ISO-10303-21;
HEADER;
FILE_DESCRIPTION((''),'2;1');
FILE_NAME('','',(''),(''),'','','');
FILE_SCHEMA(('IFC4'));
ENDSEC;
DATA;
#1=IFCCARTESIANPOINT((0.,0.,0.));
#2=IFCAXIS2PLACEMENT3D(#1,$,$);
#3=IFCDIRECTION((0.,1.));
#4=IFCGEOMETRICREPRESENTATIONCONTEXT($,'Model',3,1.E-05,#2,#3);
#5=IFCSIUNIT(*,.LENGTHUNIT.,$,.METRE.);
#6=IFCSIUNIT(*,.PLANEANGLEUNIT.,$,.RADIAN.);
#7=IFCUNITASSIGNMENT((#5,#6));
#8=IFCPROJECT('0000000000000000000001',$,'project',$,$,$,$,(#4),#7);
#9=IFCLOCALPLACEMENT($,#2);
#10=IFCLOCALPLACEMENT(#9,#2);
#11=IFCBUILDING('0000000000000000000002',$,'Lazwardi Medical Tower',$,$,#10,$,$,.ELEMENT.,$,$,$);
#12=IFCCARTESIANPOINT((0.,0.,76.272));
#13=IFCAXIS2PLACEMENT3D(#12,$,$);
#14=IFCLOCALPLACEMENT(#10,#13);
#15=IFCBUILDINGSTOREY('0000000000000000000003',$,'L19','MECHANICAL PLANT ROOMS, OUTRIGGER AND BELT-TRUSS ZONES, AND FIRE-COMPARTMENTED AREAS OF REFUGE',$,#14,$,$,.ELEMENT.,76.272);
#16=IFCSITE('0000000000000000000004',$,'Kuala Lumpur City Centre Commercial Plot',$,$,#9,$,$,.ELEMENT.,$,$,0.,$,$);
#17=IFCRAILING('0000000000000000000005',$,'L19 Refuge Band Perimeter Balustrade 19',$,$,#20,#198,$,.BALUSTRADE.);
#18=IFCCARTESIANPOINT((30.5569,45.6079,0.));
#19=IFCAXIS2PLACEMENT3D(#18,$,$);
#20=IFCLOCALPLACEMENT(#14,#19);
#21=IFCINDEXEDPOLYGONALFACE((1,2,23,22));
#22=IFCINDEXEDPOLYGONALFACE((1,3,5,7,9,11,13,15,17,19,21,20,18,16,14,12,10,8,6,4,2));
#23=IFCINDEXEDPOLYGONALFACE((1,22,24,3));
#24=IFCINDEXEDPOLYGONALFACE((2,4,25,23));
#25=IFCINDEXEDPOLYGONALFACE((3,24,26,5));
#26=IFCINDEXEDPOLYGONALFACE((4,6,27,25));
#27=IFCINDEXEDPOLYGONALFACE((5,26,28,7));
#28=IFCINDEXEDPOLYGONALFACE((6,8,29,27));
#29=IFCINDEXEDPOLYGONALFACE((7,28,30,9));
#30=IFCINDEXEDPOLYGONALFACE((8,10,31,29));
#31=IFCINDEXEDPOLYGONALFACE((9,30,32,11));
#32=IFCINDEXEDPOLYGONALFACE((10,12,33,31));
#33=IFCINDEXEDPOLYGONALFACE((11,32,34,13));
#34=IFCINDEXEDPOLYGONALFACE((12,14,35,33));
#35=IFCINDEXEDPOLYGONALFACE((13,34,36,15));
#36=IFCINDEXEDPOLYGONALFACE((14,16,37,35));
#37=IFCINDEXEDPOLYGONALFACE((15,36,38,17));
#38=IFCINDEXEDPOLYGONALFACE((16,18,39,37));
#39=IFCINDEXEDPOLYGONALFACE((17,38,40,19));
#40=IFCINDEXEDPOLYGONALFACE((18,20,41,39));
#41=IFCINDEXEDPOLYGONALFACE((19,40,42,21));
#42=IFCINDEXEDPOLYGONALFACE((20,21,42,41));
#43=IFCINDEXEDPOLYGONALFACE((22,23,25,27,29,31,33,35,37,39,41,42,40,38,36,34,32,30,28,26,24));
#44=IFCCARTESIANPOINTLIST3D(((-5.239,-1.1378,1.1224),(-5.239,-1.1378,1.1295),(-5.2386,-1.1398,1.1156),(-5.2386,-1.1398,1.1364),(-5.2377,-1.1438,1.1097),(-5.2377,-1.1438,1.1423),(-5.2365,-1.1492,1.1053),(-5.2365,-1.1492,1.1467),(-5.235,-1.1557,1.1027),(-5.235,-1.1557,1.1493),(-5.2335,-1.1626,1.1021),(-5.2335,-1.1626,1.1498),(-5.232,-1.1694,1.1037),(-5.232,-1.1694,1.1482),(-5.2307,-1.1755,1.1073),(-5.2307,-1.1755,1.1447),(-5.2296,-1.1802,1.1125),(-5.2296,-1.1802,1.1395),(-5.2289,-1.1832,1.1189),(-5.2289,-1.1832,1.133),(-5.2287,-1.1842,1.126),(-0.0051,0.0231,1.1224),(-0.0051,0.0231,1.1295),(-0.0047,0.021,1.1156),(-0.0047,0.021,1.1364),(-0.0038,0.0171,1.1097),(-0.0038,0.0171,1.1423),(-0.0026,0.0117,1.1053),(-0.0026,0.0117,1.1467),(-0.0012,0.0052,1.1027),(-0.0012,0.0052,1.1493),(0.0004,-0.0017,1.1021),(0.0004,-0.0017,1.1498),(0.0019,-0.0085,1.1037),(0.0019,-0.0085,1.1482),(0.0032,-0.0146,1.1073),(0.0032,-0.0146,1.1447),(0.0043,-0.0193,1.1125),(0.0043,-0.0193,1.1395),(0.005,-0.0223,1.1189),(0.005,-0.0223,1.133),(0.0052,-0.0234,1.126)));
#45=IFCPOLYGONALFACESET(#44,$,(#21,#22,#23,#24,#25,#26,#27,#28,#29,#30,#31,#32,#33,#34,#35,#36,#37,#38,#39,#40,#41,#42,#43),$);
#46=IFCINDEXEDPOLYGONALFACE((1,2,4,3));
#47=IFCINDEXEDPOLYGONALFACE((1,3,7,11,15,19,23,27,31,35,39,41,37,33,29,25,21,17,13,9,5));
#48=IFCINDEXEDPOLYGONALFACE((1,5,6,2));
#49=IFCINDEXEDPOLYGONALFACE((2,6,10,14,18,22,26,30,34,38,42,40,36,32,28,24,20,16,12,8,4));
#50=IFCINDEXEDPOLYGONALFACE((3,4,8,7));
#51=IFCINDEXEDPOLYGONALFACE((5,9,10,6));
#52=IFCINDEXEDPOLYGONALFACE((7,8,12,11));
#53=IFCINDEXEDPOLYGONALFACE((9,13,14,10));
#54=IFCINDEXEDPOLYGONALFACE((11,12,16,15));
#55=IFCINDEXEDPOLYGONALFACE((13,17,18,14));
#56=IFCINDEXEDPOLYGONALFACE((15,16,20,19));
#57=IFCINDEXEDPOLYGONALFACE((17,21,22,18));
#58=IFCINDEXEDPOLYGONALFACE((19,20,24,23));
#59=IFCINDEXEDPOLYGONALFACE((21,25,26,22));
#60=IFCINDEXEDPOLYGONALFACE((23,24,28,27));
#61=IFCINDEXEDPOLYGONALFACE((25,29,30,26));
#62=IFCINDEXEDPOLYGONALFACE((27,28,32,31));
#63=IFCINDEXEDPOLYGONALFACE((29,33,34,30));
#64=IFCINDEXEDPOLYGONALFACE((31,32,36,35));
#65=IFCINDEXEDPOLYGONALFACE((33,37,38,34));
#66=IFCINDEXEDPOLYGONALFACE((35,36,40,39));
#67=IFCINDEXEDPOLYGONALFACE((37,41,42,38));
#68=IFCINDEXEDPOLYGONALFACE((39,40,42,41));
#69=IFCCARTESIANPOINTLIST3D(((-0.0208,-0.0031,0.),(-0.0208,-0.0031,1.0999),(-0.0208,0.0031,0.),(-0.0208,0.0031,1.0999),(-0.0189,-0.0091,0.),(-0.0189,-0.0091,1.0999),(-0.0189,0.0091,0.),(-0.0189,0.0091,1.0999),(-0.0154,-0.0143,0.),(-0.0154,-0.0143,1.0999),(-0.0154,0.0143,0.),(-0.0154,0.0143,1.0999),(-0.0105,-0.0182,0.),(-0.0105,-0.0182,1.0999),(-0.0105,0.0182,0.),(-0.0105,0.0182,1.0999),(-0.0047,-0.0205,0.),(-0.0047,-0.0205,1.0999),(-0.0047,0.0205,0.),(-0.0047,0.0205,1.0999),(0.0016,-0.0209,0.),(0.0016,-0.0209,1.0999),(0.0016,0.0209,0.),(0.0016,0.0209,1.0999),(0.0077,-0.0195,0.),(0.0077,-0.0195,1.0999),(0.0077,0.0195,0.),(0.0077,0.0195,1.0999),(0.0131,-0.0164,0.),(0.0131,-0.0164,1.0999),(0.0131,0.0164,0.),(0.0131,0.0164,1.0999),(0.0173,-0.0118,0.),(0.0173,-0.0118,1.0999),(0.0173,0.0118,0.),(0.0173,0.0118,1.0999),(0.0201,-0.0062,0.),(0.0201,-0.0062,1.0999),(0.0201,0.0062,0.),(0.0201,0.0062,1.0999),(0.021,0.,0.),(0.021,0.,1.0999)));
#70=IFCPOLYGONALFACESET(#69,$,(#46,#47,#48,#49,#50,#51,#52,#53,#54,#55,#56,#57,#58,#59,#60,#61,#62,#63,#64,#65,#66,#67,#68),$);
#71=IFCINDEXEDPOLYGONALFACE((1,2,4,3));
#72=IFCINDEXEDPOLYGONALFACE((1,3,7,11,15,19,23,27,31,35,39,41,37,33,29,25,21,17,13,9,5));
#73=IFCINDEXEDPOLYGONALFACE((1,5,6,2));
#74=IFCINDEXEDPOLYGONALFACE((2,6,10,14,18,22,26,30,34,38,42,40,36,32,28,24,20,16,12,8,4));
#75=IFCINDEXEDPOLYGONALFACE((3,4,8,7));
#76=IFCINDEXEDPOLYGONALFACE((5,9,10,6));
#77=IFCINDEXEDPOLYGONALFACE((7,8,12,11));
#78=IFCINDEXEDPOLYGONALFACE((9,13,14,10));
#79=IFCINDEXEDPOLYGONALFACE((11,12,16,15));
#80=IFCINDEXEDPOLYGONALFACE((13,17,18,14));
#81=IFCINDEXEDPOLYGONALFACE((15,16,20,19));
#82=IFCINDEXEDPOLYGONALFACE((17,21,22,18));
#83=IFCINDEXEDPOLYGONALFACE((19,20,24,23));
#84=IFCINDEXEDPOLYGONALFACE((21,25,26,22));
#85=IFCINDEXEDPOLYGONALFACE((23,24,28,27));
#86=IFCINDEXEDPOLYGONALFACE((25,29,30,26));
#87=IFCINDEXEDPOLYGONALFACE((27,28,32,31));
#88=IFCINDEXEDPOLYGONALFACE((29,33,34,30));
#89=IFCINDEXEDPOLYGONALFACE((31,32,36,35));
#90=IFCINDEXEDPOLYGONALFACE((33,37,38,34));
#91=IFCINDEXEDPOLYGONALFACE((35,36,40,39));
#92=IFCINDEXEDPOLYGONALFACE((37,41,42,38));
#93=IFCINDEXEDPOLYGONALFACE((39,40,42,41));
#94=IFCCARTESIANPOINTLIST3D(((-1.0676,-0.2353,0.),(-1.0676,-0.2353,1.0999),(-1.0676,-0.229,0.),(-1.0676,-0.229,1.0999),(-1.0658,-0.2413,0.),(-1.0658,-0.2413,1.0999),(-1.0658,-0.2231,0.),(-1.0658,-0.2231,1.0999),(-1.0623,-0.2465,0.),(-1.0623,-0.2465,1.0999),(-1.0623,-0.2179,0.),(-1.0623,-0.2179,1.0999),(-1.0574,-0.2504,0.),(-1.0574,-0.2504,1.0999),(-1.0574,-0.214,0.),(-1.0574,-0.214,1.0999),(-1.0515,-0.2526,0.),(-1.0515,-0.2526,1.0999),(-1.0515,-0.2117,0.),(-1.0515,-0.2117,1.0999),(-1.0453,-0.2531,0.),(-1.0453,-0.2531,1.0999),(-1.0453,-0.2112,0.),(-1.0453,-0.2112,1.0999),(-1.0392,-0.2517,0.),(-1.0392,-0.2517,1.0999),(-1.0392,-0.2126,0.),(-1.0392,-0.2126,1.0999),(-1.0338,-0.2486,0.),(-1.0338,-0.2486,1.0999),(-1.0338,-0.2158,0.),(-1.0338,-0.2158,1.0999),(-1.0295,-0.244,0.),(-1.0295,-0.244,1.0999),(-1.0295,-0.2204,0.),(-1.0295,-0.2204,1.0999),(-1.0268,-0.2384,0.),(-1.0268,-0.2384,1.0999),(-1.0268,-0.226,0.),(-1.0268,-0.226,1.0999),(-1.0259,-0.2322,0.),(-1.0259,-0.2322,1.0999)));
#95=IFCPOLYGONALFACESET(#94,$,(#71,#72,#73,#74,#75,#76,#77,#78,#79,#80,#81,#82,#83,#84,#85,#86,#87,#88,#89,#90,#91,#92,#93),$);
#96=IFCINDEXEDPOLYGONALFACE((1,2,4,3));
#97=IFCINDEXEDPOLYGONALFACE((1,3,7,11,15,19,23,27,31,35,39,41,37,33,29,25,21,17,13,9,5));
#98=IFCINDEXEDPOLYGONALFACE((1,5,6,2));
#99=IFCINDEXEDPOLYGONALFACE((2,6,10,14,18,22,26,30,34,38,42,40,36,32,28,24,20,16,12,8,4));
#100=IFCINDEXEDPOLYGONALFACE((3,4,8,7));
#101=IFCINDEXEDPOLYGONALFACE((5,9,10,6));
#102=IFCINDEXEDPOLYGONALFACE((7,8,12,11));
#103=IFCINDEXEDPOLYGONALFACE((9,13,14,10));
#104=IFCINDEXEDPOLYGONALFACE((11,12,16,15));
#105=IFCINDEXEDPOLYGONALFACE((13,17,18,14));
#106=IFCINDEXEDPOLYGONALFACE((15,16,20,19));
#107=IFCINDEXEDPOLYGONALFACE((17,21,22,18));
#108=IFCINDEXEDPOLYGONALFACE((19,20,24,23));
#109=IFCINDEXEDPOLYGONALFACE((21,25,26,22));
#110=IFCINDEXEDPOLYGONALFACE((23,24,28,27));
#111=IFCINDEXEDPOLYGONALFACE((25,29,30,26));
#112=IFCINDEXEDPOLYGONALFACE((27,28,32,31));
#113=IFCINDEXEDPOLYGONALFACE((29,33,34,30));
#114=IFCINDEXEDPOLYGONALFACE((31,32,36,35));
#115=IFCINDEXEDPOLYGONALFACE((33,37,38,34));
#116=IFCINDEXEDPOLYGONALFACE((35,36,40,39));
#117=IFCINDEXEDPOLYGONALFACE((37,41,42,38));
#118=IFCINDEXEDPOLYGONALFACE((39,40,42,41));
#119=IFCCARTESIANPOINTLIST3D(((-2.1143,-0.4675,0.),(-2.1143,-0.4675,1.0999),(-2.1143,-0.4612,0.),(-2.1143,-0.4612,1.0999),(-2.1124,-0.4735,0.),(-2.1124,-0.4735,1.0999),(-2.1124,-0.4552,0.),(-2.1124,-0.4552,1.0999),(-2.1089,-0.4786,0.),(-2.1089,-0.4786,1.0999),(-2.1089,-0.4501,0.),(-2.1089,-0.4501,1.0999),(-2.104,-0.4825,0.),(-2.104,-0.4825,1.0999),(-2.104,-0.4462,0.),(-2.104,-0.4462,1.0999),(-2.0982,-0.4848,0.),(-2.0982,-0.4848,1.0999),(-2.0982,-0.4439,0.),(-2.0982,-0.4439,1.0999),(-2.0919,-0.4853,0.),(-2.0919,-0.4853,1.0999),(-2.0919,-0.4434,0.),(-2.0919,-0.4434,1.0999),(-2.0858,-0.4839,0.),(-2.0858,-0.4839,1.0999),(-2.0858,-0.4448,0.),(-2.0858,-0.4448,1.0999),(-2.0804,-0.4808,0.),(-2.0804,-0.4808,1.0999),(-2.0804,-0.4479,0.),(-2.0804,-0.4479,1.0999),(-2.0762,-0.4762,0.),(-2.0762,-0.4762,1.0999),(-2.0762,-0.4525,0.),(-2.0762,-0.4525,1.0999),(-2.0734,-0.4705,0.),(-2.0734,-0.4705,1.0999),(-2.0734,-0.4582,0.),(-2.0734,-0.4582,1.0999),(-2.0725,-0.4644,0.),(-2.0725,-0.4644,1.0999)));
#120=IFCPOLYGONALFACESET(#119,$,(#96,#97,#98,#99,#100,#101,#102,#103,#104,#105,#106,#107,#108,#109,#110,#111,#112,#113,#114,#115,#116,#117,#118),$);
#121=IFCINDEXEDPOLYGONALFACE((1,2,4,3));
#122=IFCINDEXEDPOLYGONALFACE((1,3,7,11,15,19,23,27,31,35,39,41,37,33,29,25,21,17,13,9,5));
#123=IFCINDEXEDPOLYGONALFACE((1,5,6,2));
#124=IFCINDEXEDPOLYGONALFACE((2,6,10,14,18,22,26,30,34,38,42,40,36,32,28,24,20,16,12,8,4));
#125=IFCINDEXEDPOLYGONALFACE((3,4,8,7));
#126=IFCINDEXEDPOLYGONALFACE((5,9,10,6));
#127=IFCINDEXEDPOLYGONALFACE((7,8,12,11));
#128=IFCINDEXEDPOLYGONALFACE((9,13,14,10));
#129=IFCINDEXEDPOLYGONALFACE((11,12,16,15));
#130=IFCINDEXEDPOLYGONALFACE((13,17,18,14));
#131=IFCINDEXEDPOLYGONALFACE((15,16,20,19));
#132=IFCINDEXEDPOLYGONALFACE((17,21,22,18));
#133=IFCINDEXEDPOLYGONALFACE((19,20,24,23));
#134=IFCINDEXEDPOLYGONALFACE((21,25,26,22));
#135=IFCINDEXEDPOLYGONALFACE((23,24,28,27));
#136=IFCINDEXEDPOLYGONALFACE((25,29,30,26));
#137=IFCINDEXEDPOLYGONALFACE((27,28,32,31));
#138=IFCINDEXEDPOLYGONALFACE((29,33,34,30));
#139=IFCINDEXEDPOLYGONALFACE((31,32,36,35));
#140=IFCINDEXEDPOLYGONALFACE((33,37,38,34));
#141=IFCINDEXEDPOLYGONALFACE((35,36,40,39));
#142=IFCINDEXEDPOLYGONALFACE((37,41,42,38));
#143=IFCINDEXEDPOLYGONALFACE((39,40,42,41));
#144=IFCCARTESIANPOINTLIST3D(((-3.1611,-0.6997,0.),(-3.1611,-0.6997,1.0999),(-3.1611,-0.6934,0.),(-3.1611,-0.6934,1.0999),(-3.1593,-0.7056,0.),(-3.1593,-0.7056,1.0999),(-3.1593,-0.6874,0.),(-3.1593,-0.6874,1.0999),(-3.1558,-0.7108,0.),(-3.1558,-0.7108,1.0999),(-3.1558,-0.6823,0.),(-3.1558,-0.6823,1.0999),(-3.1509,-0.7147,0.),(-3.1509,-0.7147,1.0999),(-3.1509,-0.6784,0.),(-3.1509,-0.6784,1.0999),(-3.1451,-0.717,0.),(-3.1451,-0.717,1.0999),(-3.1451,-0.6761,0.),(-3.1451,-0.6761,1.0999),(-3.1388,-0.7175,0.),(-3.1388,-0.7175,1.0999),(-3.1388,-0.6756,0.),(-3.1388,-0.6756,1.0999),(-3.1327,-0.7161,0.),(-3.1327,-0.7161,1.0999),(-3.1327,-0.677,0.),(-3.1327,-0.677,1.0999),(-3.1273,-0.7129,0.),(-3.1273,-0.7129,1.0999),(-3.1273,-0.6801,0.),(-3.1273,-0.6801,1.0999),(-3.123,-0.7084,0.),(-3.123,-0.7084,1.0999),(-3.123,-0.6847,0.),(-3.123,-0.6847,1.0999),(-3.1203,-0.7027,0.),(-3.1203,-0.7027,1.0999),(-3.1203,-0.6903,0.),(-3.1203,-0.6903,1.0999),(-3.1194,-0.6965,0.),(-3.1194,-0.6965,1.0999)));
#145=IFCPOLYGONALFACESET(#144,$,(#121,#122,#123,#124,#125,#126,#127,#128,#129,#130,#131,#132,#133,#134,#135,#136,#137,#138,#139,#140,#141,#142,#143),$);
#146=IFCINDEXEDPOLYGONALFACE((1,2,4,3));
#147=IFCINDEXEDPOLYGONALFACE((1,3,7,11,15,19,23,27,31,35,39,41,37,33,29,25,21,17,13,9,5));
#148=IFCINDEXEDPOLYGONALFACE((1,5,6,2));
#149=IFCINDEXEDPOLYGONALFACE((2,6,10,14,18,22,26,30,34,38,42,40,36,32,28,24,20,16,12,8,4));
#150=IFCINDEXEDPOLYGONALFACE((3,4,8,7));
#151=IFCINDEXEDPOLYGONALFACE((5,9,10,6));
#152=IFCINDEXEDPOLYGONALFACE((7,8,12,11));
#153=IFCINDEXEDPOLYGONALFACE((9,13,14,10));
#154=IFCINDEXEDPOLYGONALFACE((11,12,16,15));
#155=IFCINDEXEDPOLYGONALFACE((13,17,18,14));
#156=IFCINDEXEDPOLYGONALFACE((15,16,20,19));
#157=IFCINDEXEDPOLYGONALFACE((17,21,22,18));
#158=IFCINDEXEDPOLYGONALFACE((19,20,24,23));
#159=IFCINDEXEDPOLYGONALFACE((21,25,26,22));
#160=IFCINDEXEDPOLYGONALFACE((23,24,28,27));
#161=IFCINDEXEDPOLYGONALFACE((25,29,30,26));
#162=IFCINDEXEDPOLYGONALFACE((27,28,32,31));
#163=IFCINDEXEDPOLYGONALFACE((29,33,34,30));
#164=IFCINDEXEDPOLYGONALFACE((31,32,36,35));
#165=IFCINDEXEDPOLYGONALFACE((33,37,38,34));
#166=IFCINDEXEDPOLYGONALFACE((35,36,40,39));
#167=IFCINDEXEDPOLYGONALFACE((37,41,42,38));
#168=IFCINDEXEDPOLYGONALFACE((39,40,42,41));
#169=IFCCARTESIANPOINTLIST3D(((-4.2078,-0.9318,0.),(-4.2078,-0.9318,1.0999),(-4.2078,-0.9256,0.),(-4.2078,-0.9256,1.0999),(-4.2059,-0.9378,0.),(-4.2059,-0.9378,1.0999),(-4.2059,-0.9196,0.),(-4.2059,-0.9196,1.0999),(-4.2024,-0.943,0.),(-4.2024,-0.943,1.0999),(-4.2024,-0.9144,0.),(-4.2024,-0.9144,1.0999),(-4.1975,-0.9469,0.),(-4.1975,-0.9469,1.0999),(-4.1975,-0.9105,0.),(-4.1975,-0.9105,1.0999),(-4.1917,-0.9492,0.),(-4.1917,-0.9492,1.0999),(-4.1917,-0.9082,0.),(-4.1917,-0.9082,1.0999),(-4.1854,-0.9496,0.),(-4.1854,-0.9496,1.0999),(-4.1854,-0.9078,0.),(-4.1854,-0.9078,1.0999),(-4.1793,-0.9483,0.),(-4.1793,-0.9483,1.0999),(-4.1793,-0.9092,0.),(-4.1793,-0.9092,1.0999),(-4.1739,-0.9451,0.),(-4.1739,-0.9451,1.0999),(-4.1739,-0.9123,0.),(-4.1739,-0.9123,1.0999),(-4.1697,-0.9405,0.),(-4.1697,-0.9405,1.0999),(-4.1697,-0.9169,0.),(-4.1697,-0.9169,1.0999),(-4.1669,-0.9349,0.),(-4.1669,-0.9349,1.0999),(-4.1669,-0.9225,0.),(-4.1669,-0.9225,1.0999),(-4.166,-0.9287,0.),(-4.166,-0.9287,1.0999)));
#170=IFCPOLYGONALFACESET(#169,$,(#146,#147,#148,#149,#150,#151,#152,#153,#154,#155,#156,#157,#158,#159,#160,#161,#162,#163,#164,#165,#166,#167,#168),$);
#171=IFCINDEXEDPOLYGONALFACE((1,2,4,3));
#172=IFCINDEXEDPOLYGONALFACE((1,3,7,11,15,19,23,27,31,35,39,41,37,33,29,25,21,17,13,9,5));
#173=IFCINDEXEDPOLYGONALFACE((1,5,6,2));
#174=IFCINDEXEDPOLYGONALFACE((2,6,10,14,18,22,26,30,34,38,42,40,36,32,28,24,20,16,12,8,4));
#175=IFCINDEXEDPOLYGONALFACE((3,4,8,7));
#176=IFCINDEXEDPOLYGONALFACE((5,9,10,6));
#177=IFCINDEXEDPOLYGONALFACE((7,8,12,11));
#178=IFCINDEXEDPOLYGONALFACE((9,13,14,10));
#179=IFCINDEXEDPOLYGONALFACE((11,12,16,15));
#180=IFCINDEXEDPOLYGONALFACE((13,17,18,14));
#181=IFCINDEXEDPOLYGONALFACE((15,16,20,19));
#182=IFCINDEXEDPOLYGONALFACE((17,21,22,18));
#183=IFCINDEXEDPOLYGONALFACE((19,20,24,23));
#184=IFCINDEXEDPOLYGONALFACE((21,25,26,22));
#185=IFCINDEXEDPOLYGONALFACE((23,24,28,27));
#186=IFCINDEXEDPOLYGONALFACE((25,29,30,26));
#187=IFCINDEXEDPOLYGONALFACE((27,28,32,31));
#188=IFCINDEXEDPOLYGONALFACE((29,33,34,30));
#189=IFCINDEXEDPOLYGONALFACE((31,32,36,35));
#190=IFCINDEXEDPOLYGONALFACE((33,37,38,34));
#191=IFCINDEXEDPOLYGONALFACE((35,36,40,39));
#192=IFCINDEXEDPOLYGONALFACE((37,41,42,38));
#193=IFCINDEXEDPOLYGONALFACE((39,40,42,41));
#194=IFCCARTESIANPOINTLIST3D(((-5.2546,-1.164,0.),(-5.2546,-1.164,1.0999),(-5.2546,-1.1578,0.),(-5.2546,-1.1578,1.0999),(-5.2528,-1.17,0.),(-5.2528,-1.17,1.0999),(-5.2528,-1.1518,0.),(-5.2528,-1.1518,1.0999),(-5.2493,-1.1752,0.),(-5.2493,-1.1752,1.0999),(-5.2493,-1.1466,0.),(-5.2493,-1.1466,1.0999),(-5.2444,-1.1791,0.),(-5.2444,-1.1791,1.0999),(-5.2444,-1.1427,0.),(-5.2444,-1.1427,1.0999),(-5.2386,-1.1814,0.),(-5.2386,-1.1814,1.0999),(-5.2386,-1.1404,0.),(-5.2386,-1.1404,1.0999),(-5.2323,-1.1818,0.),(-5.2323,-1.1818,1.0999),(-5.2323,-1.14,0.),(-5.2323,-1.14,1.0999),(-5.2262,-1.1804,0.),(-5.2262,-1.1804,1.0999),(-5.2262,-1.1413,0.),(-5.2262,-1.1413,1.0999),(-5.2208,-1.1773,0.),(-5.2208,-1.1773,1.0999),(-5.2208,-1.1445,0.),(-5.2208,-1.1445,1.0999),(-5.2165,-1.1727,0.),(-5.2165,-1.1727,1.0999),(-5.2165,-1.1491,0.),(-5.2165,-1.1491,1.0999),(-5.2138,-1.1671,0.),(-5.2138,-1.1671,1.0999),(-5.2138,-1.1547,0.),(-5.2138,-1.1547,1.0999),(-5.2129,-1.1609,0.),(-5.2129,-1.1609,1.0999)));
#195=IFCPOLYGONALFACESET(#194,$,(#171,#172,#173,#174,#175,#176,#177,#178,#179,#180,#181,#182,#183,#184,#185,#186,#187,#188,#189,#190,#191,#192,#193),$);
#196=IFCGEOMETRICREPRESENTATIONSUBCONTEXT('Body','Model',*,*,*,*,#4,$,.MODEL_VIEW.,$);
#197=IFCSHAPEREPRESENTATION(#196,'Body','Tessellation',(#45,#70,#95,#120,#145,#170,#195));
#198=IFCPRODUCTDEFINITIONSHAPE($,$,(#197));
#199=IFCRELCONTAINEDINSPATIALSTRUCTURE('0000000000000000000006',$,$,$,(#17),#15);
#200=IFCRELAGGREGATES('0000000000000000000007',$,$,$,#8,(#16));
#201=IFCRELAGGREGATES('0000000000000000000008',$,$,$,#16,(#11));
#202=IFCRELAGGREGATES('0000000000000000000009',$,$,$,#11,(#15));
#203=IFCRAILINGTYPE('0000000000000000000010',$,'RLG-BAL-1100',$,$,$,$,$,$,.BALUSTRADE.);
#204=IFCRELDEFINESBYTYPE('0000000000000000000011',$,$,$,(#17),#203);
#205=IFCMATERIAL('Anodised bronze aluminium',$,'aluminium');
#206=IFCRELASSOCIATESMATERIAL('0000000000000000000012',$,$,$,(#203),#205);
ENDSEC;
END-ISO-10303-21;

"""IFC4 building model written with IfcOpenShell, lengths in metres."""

from ifc_helpers import new_model, si_unit, direction, frame, origin, origin_2d, place, context, subcontext, project, spatial, circle, extrude, material, type_object, element, save


model = new_model("IFC4")

# Units and contexts
model_context = context("Model", 3, precision=1e-05, world=origin(), true_north=direction((0.0, 1.0)))
body_context = subcontext(model_context, "Body", "Model", "MODEL_VIEW")
ifc_project = project(units=[si_unit("LENGTHUNIT", "METRE"), si_unit("PLANEANGLEUNIT", "RADIAN")], contexts=[model_context])

# Site, building, storey
site_placement = place(None, origin())
site = spatial("IfcSite", under=ifc_project, at=site_placement, Name="Kuala Lumpur City Centre Commercial Plot", CompositionType="ELEMENT", RefElevation=0.0)
building_placement = place(site_placement, origin())
building = spatial("IfcBuilding", under=site, at=building_placement, Name="Lazwardi Medical Tower", CompositionType="ELEMENT")
storey_placement = place(building_placement, frame((0.0, 0.0, 76.272)))
storey = spatial("IfcBuildingStorey", under=building, at=storey_placement, Name="L19", Description="MECHANICAL PLANT ROOMS, OUTRIGGER AND BELT-TRUSS ZONES, AND FIRE-COMPARTMENTED AREAS OF REFUGE", CompositionType="ELEMENT", Elevation=76.272)

# Railing
ifc_material_1 = material(Name="Anodised bronze aluminium", Category="aluminium")
railing_type = type_object("IfcRailingType", Name="RLG-BAL-1100", PredefinedType="BALUSTRADE", material=ifc_material_1)
railing_1_placement = place(storey_placement, frame((30.5569, 45.6079, 0.0)))
element("IfcRailing", 1, at=railing_1_placement, inside=storey, type_object=railing_type, Name="L19 Refuge Band Perimeter Balustrade 19", PredefinedType="BALUSTRADE", context=body_context, shape_type="SweptSolid", body=[
    extrude(circle(Radius=0.0239, at=origin_2d()), frame((0.0, 0.0, 1.126), z_axis=(-0.976274, -0.21654, 0.0), x_axis=(0.21654, -0.976274, 0.0)), (0.0, 0.0, 1.0), 5.3611),
    extrude(circle(Radius=0.021, at=origin_2d()), origin(), (0.0, 0.0, 1.0), 1.0999),
    extrude(circle(Radius=0.021, at=origin_2d()), frame((-1.0469, -0.2322, 0.0)), (0.0, 0.0, 1.0), 1.0999),
    extrude(circle(Radius=0.021, at=origin_2d()), frame((-2.0935, -0.4644, 0.0)), (0.0, 0.0, 1.0), 1.0999),
    extrude(circle(Radius=0.021, at=origin_2d()), frame((-3.1404, -0.6965, 0.0)), (0.0, 0.0, 1.0), 1.0999),
    extrude(circle(Radius=0.021, at=origin_2d()), frame((-4.187, -0.9287, 0.0)), (0.0, 0.0, 1.0), 1.0999),
    extrude(circle(Radius=0.021, at=origin_2d()), frame((-5.2339, -1.1609, 0.0)), (0.0, 0.0, 1.0), 1.0999),
])

save(model, "model.ifc")
